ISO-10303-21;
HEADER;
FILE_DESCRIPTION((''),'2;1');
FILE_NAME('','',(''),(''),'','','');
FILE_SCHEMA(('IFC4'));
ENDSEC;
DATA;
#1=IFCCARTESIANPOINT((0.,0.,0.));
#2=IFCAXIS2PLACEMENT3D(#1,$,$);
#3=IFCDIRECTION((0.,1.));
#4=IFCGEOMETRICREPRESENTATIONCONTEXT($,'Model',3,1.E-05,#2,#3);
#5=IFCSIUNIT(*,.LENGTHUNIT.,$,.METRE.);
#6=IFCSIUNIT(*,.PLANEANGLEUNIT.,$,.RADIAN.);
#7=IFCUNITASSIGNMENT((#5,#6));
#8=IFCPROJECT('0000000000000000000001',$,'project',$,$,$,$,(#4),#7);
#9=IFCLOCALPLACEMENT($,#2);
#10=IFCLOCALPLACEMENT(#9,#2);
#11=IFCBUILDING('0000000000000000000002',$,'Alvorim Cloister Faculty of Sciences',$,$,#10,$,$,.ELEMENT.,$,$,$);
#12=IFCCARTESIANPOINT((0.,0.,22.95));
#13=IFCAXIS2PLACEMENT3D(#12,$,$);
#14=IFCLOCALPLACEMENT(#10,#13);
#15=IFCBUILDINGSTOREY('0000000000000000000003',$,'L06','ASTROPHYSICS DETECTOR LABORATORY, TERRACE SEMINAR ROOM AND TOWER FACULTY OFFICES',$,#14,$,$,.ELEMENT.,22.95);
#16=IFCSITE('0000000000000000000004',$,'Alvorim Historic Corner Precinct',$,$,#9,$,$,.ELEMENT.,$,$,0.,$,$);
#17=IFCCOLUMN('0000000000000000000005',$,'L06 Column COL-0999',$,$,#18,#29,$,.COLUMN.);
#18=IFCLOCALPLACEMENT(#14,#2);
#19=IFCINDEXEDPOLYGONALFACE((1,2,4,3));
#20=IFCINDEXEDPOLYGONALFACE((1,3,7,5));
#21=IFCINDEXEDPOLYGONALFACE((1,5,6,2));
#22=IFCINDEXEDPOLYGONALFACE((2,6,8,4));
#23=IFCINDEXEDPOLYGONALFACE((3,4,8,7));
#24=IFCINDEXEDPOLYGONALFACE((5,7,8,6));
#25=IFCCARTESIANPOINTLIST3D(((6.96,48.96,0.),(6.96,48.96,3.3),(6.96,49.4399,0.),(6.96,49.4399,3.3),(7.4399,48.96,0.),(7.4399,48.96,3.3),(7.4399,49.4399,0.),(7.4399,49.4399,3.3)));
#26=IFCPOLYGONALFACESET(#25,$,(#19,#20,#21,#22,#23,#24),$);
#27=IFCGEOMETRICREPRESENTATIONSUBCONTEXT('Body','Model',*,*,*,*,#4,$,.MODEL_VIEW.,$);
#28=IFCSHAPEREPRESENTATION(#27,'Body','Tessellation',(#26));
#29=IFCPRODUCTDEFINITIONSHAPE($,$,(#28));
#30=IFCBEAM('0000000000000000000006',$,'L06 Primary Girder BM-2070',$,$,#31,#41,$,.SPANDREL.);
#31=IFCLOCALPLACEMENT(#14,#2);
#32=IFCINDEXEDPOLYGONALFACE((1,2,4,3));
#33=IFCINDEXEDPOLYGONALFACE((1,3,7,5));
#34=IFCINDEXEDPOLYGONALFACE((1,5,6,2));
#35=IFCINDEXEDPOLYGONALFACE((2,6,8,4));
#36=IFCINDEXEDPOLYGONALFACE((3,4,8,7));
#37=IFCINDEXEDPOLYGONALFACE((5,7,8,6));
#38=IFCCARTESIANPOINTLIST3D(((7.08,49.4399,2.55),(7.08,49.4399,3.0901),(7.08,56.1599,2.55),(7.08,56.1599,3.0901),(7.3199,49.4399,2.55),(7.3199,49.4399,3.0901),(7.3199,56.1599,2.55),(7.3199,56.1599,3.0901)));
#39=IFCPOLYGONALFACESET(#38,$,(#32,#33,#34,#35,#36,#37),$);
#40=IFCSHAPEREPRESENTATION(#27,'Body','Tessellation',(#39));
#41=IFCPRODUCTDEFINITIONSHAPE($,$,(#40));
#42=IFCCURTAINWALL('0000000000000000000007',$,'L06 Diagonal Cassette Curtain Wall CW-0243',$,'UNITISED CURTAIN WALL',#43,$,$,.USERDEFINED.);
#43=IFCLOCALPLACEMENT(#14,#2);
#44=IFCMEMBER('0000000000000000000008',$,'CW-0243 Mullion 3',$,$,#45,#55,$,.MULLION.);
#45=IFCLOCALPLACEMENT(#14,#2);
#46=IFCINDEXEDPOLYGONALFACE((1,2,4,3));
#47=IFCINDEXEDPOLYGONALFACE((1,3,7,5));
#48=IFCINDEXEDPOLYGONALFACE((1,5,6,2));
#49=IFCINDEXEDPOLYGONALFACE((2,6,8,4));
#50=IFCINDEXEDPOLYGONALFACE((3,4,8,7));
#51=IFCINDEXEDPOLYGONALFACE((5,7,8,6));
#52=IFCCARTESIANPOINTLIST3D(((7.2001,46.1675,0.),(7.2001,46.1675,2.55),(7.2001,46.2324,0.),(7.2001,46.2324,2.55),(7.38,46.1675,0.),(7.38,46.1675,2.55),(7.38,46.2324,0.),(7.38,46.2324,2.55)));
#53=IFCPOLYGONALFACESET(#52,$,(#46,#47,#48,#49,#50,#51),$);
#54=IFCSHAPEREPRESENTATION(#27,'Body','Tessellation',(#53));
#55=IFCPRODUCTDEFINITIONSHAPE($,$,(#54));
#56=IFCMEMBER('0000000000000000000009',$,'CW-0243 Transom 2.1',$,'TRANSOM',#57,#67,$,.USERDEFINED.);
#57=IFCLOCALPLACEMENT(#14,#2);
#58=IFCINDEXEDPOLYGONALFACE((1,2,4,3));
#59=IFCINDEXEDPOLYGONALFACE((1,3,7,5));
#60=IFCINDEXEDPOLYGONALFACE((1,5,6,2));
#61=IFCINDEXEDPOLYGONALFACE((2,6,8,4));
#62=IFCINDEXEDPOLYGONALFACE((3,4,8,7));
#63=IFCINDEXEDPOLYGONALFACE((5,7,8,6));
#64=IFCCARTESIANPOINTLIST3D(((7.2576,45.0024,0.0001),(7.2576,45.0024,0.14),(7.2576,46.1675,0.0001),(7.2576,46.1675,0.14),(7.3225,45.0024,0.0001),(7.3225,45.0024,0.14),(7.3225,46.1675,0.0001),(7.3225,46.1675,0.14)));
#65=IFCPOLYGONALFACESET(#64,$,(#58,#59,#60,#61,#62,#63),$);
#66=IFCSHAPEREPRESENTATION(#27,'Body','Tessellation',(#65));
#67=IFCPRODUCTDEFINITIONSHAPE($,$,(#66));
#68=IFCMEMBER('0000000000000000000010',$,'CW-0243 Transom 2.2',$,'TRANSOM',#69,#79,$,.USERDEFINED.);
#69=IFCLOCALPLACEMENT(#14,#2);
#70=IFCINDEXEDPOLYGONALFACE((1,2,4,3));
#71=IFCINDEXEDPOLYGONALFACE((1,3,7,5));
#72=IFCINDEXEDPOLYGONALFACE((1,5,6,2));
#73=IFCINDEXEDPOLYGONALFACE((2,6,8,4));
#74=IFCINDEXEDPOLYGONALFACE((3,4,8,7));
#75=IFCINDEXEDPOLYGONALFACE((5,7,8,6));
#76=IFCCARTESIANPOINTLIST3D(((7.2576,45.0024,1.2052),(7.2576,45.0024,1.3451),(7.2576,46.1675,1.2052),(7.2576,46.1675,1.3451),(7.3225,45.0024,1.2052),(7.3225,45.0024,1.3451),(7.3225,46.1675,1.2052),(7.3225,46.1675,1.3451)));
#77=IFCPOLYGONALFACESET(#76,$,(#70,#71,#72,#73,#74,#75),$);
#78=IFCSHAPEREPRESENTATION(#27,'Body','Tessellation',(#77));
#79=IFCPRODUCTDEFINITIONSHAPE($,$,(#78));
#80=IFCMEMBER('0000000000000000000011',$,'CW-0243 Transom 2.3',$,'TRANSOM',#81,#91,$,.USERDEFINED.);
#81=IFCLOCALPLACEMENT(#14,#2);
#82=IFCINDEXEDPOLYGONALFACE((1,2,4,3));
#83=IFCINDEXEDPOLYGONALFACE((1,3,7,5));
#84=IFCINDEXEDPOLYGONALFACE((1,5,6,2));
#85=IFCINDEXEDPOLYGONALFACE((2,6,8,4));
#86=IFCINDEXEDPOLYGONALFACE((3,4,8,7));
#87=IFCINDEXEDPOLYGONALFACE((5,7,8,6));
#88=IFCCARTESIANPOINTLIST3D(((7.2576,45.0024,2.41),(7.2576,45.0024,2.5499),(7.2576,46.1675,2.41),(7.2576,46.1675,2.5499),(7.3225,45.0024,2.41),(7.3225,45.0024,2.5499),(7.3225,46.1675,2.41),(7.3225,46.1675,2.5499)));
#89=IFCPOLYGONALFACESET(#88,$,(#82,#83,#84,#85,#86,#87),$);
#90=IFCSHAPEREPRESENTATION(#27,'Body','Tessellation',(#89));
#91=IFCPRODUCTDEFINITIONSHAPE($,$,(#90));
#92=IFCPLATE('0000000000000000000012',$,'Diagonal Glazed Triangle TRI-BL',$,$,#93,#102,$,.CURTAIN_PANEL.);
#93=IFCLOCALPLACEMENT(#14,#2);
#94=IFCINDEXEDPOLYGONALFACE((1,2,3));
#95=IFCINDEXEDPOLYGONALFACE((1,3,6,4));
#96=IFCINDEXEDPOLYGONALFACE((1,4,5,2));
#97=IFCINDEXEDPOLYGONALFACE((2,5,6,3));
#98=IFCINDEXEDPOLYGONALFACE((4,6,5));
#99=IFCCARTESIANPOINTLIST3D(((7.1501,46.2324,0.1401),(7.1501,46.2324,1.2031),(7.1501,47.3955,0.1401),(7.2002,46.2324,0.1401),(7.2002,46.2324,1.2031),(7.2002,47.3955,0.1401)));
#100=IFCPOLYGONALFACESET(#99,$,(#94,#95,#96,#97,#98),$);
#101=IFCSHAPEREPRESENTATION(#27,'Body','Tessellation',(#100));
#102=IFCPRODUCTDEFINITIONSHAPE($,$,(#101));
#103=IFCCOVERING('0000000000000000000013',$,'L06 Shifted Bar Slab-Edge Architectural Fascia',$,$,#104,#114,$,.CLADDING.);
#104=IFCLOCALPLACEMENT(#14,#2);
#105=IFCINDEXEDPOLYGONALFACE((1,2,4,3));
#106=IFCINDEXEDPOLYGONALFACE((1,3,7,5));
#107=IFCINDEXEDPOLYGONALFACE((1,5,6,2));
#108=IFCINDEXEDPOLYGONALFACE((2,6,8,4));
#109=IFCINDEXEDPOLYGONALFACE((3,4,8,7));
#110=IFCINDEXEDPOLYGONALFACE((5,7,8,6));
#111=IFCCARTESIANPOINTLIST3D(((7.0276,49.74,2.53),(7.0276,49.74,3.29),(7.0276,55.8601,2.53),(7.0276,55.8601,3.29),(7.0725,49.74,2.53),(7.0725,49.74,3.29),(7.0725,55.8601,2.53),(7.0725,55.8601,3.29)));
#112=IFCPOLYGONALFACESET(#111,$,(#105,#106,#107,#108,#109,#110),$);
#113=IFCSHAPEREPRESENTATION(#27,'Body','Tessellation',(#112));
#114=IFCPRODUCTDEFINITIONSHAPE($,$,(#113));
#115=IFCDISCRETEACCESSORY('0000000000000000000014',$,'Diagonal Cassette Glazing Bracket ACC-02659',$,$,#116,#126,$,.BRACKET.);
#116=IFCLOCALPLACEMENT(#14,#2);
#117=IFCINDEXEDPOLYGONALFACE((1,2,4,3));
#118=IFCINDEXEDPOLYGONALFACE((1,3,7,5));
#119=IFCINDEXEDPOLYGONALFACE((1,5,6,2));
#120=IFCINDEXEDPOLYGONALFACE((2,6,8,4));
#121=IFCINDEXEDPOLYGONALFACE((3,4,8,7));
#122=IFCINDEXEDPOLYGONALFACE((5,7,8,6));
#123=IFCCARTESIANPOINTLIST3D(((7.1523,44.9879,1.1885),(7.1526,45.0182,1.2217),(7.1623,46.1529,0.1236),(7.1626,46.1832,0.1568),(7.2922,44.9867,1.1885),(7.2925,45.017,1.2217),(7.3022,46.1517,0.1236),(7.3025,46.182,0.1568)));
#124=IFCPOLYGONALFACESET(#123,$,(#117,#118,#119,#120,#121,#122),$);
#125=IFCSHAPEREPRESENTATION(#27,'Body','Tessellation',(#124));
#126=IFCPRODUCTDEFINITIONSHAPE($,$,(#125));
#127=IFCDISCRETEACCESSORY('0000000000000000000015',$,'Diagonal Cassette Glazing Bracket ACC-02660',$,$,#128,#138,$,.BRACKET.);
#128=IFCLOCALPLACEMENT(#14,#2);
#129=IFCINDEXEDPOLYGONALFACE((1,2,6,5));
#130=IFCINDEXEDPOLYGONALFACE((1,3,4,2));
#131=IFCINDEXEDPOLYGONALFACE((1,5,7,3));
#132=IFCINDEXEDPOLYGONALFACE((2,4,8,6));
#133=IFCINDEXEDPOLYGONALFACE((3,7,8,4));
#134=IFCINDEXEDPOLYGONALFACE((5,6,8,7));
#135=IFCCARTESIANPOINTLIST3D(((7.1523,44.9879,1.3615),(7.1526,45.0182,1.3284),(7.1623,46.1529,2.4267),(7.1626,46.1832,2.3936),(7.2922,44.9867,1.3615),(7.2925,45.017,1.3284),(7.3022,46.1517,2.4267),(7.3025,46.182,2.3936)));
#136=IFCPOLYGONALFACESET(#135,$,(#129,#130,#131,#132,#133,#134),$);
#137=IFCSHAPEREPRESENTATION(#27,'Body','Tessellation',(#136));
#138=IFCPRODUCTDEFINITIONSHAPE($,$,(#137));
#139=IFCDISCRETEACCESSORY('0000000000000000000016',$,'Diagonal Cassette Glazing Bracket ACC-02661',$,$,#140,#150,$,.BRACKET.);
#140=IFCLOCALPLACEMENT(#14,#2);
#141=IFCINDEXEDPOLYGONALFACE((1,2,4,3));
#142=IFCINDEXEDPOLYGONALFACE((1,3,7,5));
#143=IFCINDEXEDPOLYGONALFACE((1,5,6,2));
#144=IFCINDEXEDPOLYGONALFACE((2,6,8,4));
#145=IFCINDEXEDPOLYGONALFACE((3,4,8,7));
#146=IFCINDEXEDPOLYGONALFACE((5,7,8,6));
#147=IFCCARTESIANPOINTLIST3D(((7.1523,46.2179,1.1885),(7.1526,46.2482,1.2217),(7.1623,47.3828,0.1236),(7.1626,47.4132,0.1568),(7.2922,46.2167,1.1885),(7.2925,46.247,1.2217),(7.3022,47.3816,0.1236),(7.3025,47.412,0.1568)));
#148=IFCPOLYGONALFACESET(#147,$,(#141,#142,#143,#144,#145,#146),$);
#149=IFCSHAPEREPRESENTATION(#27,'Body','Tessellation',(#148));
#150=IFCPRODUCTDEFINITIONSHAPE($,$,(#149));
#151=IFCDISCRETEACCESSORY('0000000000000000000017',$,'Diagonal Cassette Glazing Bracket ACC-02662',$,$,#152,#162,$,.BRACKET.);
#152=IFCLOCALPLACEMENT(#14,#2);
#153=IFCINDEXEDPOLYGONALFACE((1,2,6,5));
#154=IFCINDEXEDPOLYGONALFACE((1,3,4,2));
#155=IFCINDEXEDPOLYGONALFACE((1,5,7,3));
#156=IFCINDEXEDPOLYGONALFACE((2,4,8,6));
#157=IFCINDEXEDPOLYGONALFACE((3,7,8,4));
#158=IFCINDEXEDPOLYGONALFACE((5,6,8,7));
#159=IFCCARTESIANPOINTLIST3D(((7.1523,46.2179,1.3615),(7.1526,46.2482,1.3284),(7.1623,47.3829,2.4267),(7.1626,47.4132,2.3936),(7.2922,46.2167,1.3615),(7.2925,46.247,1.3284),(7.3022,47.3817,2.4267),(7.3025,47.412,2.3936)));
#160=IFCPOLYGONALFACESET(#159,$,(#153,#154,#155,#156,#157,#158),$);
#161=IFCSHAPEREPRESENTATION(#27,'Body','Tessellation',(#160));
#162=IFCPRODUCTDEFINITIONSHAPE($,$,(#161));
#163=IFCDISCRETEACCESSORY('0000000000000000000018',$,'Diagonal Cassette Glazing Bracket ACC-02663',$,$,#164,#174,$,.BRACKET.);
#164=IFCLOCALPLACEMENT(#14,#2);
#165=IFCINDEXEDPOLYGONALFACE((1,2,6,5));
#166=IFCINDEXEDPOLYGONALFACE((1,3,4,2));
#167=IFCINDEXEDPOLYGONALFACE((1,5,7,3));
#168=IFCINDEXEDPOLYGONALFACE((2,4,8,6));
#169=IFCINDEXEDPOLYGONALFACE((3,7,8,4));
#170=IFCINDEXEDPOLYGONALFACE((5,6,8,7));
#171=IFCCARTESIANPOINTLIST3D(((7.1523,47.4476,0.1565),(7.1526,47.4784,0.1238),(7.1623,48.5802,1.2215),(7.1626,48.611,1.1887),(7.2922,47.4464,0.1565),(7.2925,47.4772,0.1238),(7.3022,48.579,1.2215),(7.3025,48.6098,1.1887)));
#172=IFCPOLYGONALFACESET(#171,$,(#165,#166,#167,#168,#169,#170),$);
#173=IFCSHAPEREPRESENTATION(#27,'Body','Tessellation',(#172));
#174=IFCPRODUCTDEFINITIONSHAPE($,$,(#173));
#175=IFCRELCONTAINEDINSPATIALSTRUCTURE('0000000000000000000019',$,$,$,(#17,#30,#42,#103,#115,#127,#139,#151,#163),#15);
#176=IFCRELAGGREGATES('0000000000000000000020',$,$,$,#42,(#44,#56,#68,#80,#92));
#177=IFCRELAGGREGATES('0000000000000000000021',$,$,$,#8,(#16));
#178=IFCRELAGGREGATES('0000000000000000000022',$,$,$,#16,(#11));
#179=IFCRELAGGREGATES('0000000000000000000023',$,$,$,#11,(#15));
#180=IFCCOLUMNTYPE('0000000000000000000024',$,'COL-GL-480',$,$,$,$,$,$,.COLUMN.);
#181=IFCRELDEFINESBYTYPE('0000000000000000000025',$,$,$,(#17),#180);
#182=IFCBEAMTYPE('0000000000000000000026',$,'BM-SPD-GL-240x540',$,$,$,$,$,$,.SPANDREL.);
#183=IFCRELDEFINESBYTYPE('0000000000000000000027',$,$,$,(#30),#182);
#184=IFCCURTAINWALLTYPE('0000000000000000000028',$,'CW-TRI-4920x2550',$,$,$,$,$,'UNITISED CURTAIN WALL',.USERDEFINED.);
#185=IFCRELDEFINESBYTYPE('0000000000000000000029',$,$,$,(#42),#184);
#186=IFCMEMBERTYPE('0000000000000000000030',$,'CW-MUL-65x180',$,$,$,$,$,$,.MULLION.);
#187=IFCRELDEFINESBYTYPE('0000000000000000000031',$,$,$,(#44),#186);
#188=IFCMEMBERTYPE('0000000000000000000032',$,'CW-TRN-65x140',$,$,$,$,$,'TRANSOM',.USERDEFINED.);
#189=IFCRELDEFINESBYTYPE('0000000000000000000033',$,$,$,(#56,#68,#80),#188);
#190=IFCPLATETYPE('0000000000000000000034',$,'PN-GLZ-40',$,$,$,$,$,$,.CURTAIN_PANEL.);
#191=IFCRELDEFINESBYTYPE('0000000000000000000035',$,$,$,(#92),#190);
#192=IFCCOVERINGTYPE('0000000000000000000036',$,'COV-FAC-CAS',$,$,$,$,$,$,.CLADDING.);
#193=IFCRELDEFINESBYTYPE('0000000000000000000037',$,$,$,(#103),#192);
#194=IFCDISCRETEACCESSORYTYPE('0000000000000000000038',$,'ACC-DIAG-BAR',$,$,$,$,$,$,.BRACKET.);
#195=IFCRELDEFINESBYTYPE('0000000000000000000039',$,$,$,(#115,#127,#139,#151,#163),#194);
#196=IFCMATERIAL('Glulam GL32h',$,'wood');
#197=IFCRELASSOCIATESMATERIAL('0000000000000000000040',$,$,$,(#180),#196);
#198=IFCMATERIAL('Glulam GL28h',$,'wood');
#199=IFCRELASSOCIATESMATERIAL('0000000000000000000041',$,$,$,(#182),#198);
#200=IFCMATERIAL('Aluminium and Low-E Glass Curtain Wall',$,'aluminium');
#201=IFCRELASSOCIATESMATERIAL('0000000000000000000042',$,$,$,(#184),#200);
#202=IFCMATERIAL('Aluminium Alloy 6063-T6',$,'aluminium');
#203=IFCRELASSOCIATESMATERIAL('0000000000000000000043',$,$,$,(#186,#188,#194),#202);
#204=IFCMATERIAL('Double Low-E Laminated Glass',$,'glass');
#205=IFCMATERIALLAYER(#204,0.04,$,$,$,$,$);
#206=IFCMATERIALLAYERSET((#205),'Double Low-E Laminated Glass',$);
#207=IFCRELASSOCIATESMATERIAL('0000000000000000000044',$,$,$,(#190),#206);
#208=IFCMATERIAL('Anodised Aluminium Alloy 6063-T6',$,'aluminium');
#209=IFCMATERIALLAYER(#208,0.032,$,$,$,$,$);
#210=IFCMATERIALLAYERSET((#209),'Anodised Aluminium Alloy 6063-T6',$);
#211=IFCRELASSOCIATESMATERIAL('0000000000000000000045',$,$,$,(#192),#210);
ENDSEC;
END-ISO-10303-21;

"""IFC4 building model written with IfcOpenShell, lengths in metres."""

from ifc_helpers import new_model, si_unit, direction, frame, origin, origin_2d, place, context, subcontext, project, spatial, polyline, rectangle, outline, extrude, material, layer, layer_set, material_profile, profile_set, type_object, element, aggregate, save


model = new_model("IFC4")

# Units and contexts
model_context = context("Model", 3, precision=1e-05, world=origin(), true_north=direction((0.0, 1.0)))
body_context = subcontext(model_context, "Body", "Model", "MODEL_VIEW")
ifc_project = project(units=[si_unit("LENGTHUNIT", "METRE"), si_unit("PLANEANGLEUNIT", "RADIAN")], contexts=[model_context])

# Site, building, storey
site_placement = place(None, origin())
site = spatial("IfcSite", under=ifc_project, at=site_placement, Name="Alvorim Historic Corner Precinct", CompositionType="ELEMENT", RefElevation=0.0)
building_placement = place(site_placement, origin())
building = spatial("IfcBuilding", under=site, at=building_placement, Name="Alvorim Cloister Faculty of Sciences", CompositionType="ELEMENT")
storey_placement = place(building_placement, frame((0.0, 0.0, 22.95)))
storey = spatial("IfcBuildingStorey", under=building, at=storey_placement, Name="L06", Description="ASTROPHYSICS DETECTOR LABORATORY, TERRACE SEMINAR ROOM AND TOWER FACULTY OFFICES", CompositionType="ELEMENT", Elevation=22.95)

# Column
ifc_material_1 = material(Name="Glulam GL32h", Category="wood")
ifc_material_profile_1 = material_profile(ifc_material_1, rectangle(XDim=0.48, YDim=0.48, at=origin_2d()), Name="GL32-COL-480x480")
ifc_profile_set_1 = profile_set([ifc_material_profile_1], Name="Glulam GL32h")
column_type = type_object("IfcColumnType", Name="COL-GL-480", PredefinedType="COLUMN", material=ifc_profile_set_1)
column_placement = place(storey_placement, frame((7.2, 49.2, 0.0), z_axis=(0.0, 0.0, 1.0), x_axis=(1.0, 0.0, 0.0)))
element("IfcColumn", 1, at=column_placement, inside=storey, type_object=column_type, Name="L06 Column COL-0999", PredefinedType="COLUMN", context=body_context, shape_type="SweptSolid", body=[
    extrude(rectangle(XDim=0.48, YDim=0.48, at=origin_2d()), origin(), (0.0, 0.0, 1.0), 3.3),
])

# Beam
ifc_material_2 = material(Name="Glulam GL28h", Category="wood")
ifc_material_profile_2 = material_profile(ifc_material_2, rectangle(XDim=0.24, YDim=0.54, at=origin_2d()), Name="GL28-SPD-240x540")
ifc_profile_set_2 = profile_set([ifc_material_profile_2], Name="Glulam GL28h")
beam_type = type_object("IfcBeamType", Name="BM-SPD-GL-240x540", PredefinedType="SPANDREL", material=ifc_profile_set_2)
beam_placement = place(storey_placement, frame((7.2, 49.4399, 2.8201), z_axis=(0.0, 1.0, 0.0), x_axis=(-1.0, 0.0, 0.0)))
element("IfcBeam", 2, at=beam_placement, inside=storey, type_object=beam_type, Name="L06 Primary Girder BM-2070", PredefinedType="SPANDREL", context=body_context, shape_type="SweptSolid", body=[
    extrude(rectangle(XDim=0.24, YDim=0.54, at=origin_2d()), origin(), (0.0, 0.0, 1.0), 6.72),
])

# Curtain wall, members, plate
ifc_material_3 = material(Name="Aluminium and Low-E Glass Curtain Wall", Category="aluminium")
curtain_wall_type_1 = type_object("IfcCurtainWallType", Name="CW-TRI-4920x2550", ElementType="UNITISED CURTAIN WALL", PredefinedType="USERDEFINED", material=ifc_material_3)
curtain_wall_1_placement = place(storey_placement, origin())
curtain_wall_1 = element("IfcCurtainWall", 3, at=curtain_wall_1_placement, inside=storey, type_object=curtain_wall_type_1, Name="L06 Diagonal Cassette Curtain Wall CW-0243", ObjectType="UNITISED CURTAIN WALL", PredefinedType="USERDEFINED")
ifc_material_4 = material(Name="Aluminium Alloy 6063-T6", Category="aluminium")
ifc_material_profile_3 = material_profile(ifc_material_4, rectangle(XDim=0.0649, YDim=0.1799, at=origin_2d()), Name="ALU-MUL-65x180")
ifc_profile_set_3 = profile_set([ifc_material_profile_3], Name="Aluminium Alloy 6063-T6")
member_type_1 = type_object("IfcMemberType", Name="CW-MUL-65x180", PredefinedType="MULLION", material=ifc_profile_set_3)
member_1_placement = place(storey_placement, frame((7.29, 46.2, 0.0), z_axis=(0.0, 0.0, 1.0), x_axis=(0.0, 1.0, 0.0)))
member_1 = element("IfcMember", 4, at=member_1_placement, type_object=member_type_1, Name="CW-0243 Mullion 3", PredefinedType="MULLION", context=body_context, shape_type="SweptSolid", body=[
    extrude(rectangle(XDim=0.0649, YDim=0.1799, at=origin_2d()), origin(), (0.0, 0.0, 1.0), 2.55),
])
ifc_material_profile_4 = material_profile(ifc_material_4, rectangle(XDim=0.0649, YDim=0.1399, at=origin_2d()), Name="ALU-TRN-65x140")
ifc_profile_set_4 = profile_set([ifc_material_profile_4], Name="Aluminium Alloy 6063-T6")
member_type_2 = type_object("IfcMemberType", Name="CW-TRN-65x140", ElementType="TRANSOM", PredefinedType="USERDEFINED", material=ifc_profile_set_4)
member_2_placement = place(storey_placement, frame((7.29, 45.0024, 0.0701), z_axis=(0.0, 1.0, 0.0), x_axis=(-1.0, 0.0, 0.0)))
member_2 = element("IfcMember", 5, at=member_2_placement, type_object=member_type_2, Name="CW-0243 Transom 2.1", ObjectType="TRANSOM", PredefinedType="USERDEFINED", context=body_context, shape_type="SweptSolid", body=[
    extrude(rectangle(XDim=0.0649, YDim=0.1399, at=origin_2d()), origin(), (0.0, 0.0, 1.0), 1.165),
])
member_3_placement = place(storey_placement, frame((7.29, 45.0024, 1.2751), z_axis=(0.0, 1.0, 0.0), x_axis=(-1.0, 0.0, 0.0)))
member_3 = element("IfcMember", 6, at=member_3_placement, type_object=member_type_2, Name="CW-0243 Transom 2.2", ObjectType="TRANSOM", PredefinedType="USERDEFINED", context=body_context, shape_type="SweptSolid", body=[
    extrude(rectangle(XDim=0.0649, YDim=0.1399, at=origin_2d()), origin(), (0.0, 0.0, 1.0), 1.165),
])
member_4_placement = place(storey_placement, frame((7.29, 45.0024, 2.48), z_axis=(0.0, 1.0, 0.0), x_axis=(-1.0, 0.0, 0.0)))
member_4 = element("IfcMember", 7, at=member_4_placement, type_object=member_type_2, Name="CW-0243 Transom 2.3", ObjectType="TRANSOM", PredefinedType="USERDEFINED", context=body_context, shape_type="SweptSolid", body=[
    extrude(rectangle(XDim=0.0649, YDim=0.1399, at=origin_2d()), origin(), (0.0, 0.0, 1.0), 1.165),
])
ifc_material_5 = material(Name="Double Low-E Laminated Glass", Category="glass")
ifc_layer_1 = layer(ifc_material_5, 0.04)
ifc_layer_set_1 = layer_set([ifc_layer_1], Name="Double Low-E Laminated Glass")
plate_type = type_object("IfcPlateType", Name="PN-GLZ-40", PredefinedType="CURTAIN_PANEL", material=ifc_layer_set_1)
plate_1_placement = place(storey_placement, frame((7.175, 46.2324, 0.1401), z_axis=(0.0, 0.0, 1.0), x_axis=(0.0, 1.0, 0.0)))
plate_1 = element("IfcPlate", 8, at=plate_1_placement, type_object=plate_type, Name="Diagonal Glazed Triangle TRI-BL", PredefinedType="CURTAIN_PANEL", context=body_context, shape_type="SweptSolid", body=[
    extrude(outline(polyline([(0.0, 0.0), (1.1631, 0.0), (0.0, 1.063), (0.0, 0.0)])), frame((0.0, 0.0249, 0.0), z_axis=(0.0, -1.0, 0.0), x_axis=(1.0, 0.0, 0.0)), (0.0, 0.0, 1.0), 0.05),
])
aggregate(curtain_wall_1, [member_1, member_2, member_3, member_4, plate_1])

# Covering
ifc_material_6 = material(Name="Anodised Aluminium Alloy 6063-T6", Category="aluminium")
ifc_layer_2 = layer(ifc_material_6, 0.032)
ifc_layer_set_2 = layer_set([ifc_layer_2], Name="Anodised Aluminium Alloy 6063-T6")
covering_type = type_object("IfcCoveringType", Name="COV-FAC-CAS", PredefinedType="CLADDING", material=ifc_layer_set_2)
covering_placement = place(storey_placement, frame((7.05, 49.74, 2.53), z_axis=(0.0, 0.0, 1.0), x_axis=(0.0, 1.0, 0.0)))
element("IfcCovering", 9, at=covering_placement, inside=storey, type_object=covering_type, Name="L06 Shifted Bar Slab-Edge Architectural Fascia", PredefinedType="CLADDING", context=body_context, shape_type="SweptSolid", body=[
    extrude(outline(polyline([(0.0, 0.0), (6.1201, 0.0), (6.1201, 0.76), (0.0, 0.76), (0.0, 0.0)])), frame((0.0, 0.0225, 0.0), z_axis=(0.0, -1.0, 0.0), x_axis=(1.0, 0.0, 0.0)), (0.0, 0.0, 1.0), 0.0449),
])

# Discrete accessories
discrete_accessory_type = type_object("IfcDiscreteAccessoryType", Name="ACC-DIAG-BAR", PredefinedType="BRACKET", material=ifc_material_4)
discrete_accessory_1_placement = place(storey_placement, frame((7.2224, 45.0024, 1.2051), z_axis=(0.006342, 0.738089, -0.674674), x_axis=(-0.999963, 0.008591, 0.0)))
element("IfcDiscreteAccessory", 10, at=discrete_accessory_1_placement, inside=storey, type_object=discrete_accessory_type, Name="Diagonal Cassette Glazing Bracket ACC-02659", PredefinedType="BRACKET", context=body_context, shape_type="SweptSolid", body=[
    extrude(rectangle(XDim=0.1399, YDim=0.0449, at=origin_2d()), origin(), (0.0, 0.0, 1.0), 1.5784),
])
discrete_accessory_2_placement = place(storey_placement, frame((7.2224, 45.0024, 1.345), z_axis=(0.006341, 0.738012, 0.674758), x_axis=(-0.999963, 0.008591, 0.0)))
element("IfcDiscreteAccessory", 11, at=discrete_accessory_2_placement, inside=storey, type_object=discrete_accessory_type, Name="Diagonal Cassette Glazing Bracket ACC-02660", PredefinedType="BRACKET", context=body_context, shape_type="SweptSolid", body=[
    extrude(rectangle(XDim=0.1399, YDim=0.0449, at=origin_2d()), origin(), (0.0, 0.0, 1.0), 1.5786),
])
discrete_accessory_3_placement = place(storey_placement, frame((7.2224, 46.2324, 1.2051), z_axis=(0.006342, 0.738089, -0.674674), x_axis=(-0.999963, 0.008591, 0.0)))
element("IfcDiscreteAccessory", 12, at=discrete_accessory_3_placement, inside=storey, type_object=discrete_accessory_type, Name="Diagonal Cassette Glazing Bracket ACC-02661", PredefinedType="BRACKET", context=body_context, shape_type="SweptSolid", body=[
    extrude(rectangle(XDim=0.1399, YDim=0.0449, at=origin_2d()), origin(), (0.0, 0.0, 1.0), 1.5784),
])
discrete_accessory_4_placement = place(storey_placement, frame((7.2224, 46.2324, 1.345), z_axis=(0.006341, 0.738012, 0.674758), x_axis=(-0.999963, 0.008591, 0.0)))
element("IfcDiscreteAccessory", 13, at=discrete_accessory_4_placement, inside=storey, type_object=discrete_accessory_type, Name="Diagonal Cassette Glazing Bracket ACC-02662", PredefinedType="BRACKET", context=body_context, shape_type="SweptSolid", body=[
    extrude(rectangle(XDim=0.1399, YDim=0.0449, at=origin_2d()), origin(), (0.0, 0.0, 1.0), 1.5786),
])
for number, where, z_axis, x_axis, name in (
    (14, (7.2224, 47.4624, 0.1401), (0.006439, 0.728508, 0.685008), (-0.999961, 0.008838, 0.0), "Diagonal Cassette Glazing Bracket ACC-02663"),
):
    element("IfcDiscreteAccessory", number, at=place(storey_placement, frame(where, z_axis=z_axis, x_axis=x_axis)), inside=storey, type_object=discrete_accessory_type, Name=name, PredefinedType="BRACKET", context=body_context, shape_type="SweptSolid", body=[
        extrude(rectangle(XDim=0.1399, YDim=0.0449, at=origin_2d()), origin(), (0.0, 0.0, 1.0), 1.5547),
    ])

save(model, "model.ifc")
